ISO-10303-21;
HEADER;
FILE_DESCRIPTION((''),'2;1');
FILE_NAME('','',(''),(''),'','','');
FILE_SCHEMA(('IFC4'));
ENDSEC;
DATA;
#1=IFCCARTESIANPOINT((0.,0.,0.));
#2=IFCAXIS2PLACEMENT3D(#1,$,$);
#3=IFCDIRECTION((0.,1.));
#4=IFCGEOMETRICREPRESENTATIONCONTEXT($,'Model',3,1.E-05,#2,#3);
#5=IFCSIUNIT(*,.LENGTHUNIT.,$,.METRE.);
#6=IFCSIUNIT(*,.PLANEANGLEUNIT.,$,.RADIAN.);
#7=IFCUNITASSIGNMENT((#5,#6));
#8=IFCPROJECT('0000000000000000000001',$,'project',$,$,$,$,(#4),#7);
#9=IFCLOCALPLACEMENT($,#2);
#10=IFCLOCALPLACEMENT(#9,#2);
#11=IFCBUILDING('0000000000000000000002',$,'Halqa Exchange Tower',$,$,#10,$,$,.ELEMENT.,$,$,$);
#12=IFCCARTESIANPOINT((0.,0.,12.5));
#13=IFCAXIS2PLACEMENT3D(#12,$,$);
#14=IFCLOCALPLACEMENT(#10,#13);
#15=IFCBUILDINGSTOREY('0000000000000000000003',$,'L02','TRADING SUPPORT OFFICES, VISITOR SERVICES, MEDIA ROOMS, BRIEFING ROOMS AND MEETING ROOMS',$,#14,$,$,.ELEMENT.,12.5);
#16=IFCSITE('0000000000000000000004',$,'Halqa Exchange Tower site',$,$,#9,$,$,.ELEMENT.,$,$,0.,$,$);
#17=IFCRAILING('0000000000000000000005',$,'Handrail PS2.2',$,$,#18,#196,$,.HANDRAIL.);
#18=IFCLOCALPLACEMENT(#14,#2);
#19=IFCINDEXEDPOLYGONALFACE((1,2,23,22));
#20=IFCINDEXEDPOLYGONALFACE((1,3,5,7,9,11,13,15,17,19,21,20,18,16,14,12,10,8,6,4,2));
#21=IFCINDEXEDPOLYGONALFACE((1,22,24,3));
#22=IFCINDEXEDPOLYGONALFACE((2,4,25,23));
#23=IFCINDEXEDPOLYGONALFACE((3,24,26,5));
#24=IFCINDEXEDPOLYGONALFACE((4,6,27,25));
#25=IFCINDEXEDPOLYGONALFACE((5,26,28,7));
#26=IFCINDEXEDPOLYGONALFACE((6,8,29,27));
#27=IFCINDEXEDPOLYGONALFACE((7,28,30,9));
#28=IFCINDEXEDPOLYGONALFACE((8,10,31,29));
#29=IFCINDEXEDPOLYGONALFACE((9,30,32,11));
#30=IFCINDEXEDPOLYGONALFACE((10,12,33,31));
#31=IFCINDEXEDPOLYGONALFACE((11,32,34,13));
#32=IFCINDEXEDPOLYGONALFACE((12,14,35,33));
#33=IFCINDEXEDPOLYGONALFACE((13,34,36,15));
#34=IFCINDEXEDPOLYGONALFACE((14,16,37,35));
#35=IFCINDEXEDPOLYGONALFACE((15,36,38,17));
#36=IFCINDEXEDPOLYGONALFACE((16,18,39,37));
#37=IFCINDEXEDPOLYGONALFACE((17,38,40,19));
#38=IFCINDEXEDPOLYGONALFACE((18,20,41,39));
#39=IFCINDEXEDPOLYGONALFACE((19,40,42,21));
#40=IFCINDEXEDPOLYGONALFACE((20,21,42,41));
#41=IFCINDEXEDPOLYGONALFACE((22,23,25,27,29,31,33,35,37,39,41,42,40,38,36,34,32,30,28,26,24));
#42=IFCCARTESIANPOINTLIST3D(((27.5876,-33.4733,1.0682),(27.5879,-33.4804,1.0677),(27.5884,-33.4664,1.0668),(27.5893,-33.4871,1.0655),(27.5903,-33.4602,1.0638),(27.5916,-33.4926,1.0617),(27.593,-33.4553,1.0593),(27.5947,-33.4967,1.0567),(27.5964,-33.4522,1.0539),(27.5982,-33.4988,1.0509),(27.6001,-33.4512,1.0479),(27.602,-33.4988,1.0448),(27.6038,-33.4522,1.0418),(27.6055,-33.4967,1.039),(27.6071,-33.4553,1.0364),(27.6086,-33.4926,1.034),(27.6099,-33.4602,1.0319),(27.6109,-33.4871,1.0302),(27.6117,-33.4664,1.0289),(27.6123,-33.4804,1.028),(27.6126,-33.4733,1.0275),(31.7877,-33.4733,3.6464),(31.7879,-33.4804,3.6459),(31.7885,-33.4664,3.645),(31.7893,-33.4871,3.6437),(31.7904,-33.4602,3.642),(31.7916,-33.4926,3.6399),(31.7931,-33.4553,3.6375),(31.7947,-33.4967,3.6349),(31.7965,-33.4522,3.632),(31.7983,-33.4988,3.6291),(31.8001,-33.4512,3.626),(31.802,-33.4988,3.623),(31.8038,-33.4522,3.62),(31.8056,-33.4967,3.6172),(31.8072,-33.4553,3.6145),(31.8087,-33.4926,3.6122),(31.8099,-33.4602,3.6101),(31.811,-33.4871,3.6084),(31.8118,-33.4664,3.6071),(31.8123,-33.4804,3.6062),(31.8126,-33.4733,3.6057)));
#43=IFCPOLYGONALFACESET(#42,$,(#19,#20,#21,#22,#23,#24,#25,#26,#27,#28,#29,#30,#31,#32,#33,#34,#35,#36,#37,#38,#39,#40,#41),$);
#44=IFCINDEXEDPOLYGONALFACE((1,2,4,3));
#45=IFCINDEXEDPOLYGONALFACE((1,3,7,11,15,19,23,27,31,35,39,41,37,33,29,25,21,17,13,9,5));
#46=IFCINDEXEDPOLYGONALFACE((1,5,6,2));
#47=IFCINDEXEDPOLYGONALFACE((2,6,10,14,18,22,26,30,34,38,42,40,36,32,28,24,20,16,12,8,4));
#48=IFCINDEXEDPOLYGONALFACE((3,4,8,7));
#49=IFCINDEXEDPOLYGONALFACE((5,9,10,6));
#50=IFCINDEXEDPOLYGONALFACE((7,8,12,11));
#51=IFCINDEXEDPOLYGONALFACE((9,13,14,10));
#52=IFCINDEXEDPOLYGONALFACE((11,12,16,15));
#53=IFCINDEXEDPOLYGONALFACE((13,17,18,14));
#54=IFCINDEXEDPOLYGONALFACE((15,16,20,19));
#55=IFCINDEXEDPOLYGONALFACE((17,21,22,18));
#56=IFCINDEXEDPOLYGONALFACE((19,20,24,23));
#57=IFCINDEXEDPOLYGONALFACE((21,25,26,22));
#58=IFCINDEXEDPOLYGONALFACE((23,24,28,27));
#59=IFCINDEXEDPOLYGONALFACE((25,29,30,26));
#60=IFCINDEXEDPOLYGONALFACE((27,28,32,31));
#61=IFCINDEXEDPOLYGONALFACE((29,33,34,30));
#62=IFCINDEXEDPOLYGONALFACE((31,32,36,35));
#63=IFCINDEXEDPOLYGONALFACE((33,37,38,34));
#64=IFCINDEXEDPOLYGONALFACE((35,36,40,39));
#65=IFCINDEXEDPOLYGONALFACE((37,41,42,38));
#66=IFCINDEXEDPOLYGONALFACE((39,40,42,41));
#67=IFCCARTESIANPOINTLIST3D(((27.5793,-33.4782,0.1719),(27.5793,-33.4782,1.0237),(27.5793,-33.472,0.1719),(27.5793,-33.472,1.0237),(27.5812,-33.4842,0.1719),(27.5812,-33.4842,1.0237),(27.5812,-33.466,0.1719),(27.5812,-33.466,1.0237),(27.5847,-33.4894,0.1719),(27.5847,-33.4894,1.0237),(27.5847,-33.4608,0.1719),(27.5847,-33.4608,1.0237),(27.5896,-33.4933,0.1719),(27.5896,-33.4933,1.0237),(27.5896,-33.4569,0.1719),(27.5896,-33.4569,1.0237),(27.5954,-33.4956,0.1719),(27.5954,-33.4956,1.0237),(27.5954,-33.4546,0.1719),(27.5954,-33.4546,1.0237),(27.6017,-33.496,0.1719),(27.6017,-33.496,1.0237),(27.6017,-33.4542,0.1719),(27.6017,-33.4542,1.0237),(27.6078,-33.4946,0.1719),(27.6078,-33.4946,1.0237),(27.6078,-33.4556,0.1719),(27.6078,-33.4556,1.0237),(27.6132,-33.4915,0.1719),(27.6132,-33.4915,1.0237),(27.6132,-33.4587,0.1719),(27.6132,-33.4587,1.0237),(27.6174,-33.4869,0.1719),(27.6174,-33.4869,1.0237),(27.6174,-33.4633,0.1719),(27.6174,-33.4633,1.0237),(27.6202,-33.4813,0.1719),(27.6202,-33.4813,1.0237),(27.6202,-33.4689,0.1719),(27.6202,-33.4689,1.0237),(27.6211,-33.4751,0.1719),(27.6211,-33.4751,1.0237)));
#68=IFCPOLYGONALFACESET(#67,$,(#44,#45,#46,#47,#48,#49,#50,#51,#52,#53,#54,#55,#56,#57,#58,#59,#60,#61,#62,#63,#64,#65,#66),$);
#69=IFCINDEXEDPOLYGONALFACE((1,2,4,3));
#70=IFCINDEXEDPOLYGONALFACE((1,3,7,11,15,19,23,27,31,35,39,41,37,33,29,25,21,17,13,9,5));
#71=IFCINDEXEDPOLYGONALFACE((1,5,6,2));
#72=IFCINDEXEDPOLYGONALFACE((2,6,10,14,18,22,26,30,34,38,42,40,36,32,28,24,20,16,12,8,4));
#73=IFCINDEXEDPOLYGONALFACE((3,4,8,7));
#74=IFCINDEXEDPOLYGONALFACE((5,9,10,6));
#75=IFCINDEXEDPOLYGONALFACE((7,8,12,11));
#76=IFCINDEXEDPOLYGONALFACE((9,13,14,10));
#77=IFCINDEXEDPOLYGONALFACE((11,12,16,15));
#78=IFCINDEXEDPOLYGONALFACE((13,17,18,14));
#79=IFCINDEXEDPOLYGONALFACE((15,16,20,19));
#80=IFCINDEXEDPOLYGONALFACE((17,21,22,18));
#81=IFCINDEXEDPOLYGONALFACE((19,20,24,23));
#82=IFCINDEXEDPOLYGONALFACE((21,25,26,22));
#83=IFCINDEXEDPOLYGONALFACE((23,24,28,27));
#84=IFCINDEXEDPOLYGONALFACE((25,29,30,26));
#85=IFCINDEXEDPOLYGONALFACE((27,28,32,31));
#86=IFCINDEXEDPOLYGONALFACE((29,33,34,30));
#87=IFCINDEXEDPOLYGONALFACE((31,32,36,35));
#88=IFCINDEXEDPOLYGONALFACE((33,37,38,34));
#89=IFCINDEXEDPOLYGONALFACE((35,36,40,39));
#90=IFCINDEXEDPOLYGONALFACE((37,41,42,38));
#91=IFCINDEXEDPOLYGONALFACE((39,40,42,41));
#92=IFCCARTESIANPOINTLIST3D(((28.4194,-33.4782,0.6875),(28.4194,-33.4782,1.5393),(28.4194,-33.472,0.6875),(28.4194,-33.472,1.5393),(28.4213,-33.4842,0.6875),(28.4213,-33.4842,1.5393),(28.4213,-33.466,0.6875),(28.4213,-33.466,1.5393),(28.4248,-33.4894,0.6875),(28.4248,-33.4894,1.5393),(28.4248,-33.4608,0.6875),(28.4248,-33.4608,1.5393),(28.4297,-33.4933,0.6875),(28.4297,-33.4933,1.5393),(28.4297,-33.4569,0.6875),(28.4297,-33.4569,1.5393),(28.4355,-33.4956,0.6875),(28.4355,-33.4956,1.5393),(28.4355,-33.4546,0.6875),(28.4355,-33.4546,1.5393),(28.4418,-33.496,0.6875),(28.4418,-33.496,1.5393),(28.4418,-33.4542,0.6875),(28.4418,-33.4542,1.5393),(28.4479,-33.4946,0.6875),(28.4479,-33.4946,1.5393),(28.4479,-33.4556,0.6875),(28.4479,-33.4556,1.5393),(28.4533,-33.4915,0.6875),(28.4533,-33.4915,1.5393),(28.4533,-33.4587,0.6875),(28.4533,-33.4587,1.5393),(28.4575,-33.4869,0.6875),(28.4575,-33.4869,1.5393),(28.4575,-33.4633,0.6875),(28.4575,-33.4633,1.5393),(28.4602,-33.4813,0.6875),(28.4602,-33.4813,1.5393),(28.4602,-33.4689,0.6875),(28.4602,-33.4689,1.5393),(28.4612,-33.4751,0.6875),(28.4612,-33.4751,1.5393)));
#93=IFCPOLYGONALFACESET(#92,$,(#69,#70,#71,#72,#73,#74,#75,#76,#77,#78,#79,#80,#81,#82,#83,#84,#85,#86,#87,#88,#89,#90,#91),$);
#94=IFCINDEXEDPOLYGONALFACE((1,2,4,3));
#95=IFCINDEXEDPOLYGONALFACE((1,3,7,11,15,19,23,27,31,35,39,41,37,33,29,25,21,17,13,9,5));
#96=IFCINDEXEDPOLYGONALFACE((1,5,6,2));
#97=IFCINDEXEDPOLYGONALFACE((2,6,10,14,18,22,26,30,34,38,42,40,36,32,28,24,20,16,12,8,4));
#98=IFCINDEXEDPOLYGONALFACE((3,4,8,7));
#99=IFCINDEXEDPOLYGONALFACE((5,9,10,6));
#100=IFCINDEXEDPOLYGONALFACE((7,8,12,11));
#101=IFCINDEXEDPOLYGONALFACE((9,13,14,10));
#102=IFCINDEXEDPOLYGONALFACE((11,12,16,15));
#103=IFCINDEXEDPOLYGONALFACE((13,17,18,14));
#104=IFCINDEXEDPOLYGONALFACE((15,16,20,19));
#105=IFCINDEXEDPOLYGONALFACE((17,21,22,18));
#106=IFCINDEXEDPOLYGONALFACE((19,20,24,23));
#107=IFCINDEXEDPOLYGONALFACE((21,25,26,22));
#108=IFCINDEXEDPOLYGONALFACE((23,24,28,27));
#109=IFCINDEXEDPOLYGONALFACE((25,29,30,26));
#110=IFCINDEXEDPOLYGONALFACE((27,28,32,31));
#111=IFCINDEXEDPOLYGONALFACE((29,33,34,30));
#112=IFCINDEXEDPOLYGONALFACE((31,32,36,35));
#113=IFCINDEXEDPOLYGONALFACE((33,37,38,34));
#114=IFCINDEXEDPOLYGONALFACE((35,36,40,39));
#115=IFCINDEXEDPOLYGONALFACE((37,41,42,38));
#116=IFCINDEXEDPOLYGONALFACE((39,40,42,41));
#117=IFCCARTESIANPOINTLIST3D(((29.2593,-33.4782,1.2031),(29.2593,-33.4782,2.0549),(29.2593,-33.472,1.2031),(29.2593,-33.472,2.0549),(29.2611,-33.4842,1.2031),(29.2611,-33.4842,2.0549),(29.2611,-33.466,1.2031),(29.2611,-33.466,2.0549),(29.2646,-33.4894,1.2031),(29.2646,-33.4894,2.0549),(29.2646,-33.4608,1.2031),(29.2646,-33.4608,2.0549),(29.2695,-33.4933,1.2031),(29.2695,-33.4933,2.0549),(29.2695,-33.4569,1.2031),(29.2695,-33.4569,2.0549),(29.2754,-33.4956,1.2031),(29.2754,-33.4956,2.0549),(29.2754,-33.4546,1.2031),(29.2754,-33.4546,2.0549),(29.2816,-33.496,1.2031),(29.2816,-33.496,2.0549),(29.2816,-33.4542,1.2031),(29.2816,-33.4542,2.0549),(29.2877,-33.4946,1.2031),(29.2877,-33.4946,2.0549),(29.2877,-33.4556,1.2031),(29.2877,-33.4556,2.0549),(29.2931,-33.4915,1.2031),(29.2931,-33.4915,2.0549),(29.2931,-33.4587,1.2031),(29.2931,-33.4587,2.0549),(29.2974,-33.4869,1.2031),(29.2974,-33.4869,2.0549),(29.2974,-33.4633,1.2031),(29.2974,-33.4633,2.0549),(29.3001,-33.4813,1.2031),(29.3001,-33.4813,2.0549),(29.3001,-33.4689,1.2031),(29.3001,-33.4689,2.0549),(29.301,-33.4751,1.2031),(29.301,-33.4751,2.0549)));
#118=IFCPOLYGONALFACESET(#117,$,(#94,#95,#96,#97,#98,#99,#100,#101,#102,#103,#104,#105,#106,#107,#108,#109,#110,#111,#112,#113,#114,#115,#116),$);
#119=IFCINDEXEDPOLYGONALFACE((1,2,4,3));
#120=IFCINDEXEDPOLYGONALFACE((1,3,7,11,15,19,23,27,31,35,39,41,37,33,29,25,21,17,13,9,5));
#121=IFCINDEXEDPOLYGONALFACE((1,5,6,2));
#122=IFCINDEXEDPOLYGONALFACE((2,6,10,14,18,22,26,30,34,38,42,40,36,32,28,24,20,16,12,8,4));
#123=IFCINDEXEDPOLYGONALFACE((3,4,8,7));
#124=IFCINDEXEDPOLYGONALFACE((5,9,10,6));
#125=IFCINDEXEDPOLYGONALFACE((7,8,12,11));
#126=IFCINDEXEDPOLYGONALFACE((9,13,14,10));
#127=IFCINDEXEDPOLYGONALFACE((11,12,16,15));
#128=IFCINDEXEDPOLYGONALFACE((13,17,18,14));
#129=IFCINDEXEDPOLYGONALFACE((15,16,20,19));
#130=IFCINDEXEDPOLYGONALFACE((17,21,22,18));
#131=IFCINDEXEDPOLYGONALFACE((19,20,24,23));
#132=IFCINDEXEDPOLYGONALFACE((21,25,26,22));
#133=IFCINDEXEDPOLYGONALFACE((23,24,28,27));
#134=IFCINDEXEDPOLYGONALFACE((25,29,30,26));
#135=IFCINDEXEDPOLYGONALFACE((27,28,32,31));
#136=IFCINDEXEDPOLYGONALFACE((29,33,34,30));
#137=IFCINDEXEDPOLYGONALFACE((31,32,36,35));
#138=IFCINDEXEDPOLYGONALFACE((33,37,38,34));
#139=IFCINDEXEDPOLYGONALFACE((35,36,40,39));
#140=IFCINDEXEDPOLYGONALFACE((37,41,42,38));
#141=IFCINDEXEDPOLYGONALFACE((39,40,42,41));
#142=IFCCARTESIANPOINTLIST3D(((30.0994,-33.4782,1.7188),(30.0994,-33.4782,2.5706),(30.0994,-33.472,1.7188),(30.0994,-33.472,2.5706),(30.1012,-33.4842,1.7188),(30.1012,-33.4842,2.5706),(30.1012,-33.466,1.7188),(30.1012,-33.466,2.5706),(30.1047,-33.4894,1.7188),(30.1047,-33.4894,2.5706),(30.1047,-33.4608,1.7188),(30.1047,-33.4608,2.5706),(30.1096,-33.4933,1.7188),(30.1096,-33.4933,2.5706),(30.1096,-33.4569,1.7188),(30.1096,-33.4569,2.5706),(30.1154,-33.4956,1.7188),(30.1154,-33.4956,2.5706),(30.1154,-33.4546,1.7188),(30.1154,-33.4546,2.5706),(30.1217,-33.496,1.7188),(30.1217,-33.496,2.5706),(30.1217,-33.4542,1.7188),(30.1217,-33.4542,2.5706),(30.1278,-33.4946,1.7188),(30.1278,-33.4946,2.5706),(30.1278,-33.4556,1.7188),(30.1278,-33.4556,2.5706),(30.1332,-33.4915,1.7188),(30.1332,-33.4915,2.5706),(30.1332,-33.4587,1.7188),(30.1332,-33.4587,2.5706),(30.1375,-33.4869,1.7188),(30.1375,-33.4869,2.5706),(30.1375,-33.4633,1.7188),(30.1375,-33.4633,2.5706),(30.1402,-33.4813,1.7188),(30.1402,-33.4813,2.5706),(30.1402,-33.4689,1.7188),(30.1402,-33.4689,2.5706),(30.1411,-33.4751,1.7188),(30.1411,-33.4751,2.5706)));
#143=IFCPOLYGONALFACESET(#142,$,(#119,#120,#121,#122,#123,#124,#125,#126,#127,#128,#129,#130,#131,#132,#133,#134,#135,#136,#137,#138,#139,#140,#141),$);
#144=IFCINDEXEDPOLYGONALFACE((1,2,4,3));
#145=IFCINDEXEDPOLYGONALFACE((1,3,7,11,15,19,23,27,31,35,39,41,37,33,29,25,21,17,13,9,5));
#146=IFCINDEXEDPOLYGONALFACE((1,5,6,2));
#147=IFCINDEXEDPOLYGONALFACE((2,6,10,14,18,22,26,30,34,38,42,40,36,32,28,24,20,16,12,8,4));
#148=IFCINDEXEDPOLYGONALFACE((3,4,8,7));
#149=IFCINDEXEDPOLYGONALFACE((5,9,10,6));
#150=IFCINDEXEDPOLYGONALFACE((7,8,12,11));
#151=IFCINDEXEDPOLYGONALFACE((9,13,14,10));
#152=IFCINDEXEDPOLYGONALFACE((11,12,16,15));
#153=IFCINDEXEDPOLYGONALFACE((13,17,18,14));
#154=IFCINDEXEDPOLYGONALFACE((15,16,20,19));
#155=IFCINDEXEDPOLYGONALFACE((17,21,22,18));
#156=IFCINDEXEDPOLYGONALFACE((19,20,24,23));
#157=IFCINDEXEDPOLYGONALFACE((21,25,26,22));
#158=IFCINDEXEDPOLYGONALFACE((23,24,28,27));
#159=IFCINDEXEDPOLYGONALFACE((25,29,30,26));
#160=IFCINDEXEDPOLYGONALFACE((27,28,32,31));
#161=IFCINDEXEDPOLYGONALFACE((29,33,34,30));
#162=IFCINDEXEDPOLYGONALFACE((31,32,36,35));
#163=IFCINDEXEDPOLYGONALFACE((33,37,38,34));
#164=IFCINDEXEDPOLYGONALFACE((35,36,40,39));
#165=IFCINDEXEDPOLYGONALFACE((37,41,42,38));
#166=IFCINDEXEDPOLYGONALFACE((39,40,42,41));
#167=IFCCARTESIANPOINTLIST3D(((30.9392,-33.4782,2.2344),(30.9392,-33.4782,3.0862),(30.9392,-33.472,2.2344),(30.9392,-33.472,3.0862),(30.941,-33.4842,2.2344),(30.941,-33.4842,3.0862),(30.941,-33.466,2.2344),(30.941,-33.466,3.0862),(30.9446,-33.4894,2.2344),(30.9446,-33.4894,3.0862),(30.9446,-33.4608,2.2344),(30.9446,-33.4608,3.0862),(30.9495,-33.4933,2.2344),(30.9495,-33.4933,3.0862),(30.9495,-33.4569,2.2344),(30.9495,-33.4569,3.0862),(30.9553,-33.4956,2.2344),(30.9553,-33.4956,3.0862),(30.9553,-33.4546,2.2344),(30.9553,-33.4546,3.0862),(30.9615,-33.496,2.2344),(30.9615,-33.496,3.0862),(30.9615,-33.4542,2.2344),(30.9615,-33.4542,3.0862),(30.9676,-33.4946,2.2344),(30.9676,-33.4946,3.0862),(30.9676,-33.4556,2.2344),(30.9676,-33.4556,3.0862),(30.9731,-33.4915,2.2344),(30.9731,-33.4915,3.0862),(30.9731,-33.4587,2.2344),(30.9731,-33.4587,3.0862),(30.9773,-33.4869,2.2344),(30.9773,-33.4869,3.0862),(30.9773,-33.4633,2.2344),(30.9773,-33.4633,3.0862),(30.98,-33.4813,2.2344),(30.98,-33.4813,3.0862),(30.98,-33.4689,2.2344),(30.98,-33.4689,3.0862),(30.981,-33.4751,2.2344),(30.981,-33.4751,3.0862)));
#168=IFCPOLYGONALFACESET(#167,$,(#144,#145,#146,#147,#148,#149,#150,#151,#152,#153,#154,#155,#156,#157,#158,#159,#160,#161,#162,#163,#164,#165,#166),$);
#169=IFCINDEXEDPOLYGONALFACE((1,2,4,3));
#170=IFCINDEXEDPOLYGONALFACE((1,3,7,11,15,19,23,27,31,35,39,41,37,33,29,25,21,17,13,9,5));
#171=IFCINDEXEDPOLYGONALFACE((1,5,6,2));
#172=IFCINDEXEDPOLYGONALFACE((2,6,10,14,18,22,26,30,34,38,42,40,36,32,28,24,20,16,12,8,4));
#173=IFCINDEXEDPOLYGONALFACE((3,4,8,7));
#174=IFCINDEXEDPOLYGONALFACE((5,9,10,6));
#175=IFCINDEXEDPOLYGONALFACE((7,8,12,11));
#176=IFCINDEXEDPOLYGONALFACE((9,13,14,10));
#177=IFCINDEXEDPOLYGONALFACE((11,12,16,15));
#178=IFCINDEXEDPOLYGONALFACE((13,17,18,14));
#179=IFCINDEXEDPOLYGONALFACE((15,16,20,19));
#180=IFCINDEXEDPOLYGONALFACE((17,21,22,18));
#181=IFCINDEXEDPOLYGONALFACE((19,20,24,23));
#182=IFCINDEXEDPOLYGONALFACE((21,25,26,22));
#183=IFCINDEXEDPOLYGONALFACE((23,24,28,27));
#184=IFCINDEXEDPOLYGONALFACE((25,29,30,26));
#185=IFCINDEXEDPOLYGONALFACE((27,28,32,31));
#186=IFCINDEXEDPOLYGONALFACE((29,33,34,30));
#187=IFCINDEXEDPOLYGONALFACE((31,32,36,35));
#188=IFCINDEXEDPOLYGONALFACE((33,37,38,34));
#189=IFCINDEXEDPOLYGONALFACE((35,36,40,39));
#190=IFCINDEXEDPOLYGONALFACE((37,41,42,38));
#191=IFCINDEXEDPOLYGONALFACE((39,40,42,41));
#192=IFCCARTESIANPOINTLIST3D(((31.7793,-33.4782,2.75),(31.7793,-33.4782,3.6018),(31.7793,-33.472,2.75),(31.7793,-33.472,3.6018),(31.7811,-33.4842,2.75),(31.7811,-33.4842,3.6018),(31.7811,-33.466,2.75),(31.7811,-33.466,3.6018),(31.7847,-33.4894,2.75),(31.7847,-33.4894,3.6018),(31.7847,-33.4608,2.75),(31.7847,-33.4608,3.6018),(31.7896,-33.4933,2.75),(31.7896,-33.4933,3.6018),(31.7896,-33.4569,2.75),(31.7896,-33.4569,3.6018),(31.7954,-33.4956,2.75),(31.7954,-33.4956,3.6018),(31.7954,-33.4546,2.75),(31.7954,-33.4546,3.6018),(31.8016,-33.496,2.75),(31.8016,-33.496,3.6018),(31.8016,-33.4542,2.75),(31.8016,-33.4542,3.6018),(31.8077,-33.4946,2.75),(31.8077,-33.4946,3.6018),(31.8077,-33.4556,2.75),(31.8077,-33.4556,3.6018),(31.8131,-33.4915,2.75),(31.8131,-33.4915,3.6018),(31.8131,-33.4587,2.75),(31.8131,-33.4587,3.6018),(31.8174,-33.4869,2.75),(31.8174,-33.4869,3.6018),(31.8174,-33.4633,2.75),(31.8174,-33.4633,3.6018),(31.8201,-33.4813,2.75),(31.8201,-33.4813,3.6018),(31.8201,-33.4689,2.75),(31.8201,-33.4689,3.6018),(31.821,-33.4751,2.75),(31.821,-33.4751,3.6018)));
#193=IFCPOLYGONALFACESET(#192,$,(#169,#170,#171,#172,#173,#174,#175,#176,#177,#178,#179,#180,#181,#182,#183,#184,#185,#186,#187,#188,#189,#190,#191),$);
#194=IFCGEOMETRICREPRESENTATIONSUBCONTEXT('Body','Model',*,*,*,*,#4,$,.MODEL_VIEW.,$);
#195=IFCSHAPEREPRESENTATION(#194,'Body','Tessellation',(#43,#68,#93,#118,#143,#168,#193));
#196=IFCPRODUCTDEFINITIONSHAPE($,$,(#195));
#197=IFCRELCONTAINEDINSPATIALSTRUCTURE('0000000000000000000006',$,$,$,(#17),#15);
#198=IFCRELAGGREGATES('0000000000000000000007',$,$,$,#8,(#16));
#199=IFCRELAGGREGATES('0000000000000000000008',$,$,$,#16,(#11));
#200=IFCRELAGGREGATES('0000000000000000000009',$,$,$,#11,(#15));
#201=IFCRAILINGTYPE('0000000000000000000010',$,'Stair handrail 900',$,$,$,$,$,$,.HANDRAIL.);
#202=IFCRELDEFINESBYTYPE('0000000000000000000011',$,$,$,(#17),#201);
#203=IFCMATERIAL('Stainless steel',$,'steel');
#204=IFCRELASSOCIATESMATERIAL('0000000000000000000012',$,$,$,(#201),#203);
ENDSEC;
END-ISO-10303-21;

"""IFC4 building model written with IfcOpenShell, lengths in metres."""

from ifc_helpers import new_model, si_unit, direction, frame, origin, origin_2d, place, context, subcontext, project, spatial, circle, extrude, material, type_object, element, save


model = new_model("IFC4")

# Units and contexts
model_context = context("Model", 3, precision=1e-05, world=origin(), true_north=direction((0.0, 1.0)))
body_context = subcontext(model_context, "Body", "Model", "MODEL_VIEW")
ifc_project = project(units=[si_unit("LENGTHUNIT", "METRE"), si_unit("PLANEANGLEUNIT", "RADIAN")], contexts=[model_context])

# Site, building, storey
site_placement = place(None, origin())
site = spatial("IfcSite", under=ifc_project, at=site_placement, Name="Halqa Exchange Tower site", CompositionType="ELEMENT", RefElevation=0.0)
building_placement = place(site_placement, origin())
building = spatial("IfcBuilding", under=site, at=building_placement, Name="Halqa Exchange Tower", CompositionType="ELEMENT")
storey_placement = place(building_placement, frame((0.0, 0.0, 12.5)))
storey = spatial("IfcBuildingStorey", under=building, at=storey_placement, Name="L02", Description="TRADING SUPPORT OFFICES, VISITOR SERVICES, MEDIA ROOMS, BRIEFING ROOMS AND MEETING ROOMS", CompositionType="ELEMENT", Elevation=12.5)

# Railing
ifc_material_1 = material(Name="Stainless steel", Category="steel")
railing_type_1 = type_object("IfcRailingType", Name="Stair handrail 900", PredefinedType="HANDRAIL", material=ifc_material_1)
railing_1_placement = place(storey_placement, frame((27.6001, -33.4751, 0.1719)))
element("IfcRailing", 1, at=railing_1_placement, inside=storey, type_object=railing_type_1, Name="Handrail PS2.2", PredefinedType="HANDRAIL", context=body_context, shape_type="SweptSolid", body=[
    extrude(circle(Radius=0.0239, at=origin_2d()), frame((0.0, 0.0, 0.876), z_axis=(0.852243, 0.0, 0.523146), x_axis=(0.0, 1.0, 0.0)), (0.0, 0.0, 1.0), 4.9282),
    extrude(circle(Radius=0.021, at=origin_2d()), origin(), (0.0, 0.0, 1.0), 0.8518),
    extrude(circle(Radius=0.021, at=origin_2d()), frame((0.8401, 0.0, 0.5156)), (0.0, 0.0, 1.0), 0.8518),
    extrude(circle(Radius=0.021, at=origin_2d()), frame((1.6799, 0.0, 1.0312)), (0.0, 0.0, 1.0), 0.8518),
    extrude(circle(Radius=0.021, at=origin_2d()), frame((2.52, 0.0, 1.5469)), (0.0, 0.0, 1.0), 0.8518),
    extrude(circle(Radius=0.021, at=origin_2d()), frame((3.3599, 0.0, 2.0625)), (0.0, 0.0, 1.0), 0.8518),
    extrude(circle(Radius=0.021, at=origin_2d()), frame((4.2, 0.0, 2.5781)), (0.0, 0.0, 1.0), 0.8518),
])

save(model, "model.ifc")
